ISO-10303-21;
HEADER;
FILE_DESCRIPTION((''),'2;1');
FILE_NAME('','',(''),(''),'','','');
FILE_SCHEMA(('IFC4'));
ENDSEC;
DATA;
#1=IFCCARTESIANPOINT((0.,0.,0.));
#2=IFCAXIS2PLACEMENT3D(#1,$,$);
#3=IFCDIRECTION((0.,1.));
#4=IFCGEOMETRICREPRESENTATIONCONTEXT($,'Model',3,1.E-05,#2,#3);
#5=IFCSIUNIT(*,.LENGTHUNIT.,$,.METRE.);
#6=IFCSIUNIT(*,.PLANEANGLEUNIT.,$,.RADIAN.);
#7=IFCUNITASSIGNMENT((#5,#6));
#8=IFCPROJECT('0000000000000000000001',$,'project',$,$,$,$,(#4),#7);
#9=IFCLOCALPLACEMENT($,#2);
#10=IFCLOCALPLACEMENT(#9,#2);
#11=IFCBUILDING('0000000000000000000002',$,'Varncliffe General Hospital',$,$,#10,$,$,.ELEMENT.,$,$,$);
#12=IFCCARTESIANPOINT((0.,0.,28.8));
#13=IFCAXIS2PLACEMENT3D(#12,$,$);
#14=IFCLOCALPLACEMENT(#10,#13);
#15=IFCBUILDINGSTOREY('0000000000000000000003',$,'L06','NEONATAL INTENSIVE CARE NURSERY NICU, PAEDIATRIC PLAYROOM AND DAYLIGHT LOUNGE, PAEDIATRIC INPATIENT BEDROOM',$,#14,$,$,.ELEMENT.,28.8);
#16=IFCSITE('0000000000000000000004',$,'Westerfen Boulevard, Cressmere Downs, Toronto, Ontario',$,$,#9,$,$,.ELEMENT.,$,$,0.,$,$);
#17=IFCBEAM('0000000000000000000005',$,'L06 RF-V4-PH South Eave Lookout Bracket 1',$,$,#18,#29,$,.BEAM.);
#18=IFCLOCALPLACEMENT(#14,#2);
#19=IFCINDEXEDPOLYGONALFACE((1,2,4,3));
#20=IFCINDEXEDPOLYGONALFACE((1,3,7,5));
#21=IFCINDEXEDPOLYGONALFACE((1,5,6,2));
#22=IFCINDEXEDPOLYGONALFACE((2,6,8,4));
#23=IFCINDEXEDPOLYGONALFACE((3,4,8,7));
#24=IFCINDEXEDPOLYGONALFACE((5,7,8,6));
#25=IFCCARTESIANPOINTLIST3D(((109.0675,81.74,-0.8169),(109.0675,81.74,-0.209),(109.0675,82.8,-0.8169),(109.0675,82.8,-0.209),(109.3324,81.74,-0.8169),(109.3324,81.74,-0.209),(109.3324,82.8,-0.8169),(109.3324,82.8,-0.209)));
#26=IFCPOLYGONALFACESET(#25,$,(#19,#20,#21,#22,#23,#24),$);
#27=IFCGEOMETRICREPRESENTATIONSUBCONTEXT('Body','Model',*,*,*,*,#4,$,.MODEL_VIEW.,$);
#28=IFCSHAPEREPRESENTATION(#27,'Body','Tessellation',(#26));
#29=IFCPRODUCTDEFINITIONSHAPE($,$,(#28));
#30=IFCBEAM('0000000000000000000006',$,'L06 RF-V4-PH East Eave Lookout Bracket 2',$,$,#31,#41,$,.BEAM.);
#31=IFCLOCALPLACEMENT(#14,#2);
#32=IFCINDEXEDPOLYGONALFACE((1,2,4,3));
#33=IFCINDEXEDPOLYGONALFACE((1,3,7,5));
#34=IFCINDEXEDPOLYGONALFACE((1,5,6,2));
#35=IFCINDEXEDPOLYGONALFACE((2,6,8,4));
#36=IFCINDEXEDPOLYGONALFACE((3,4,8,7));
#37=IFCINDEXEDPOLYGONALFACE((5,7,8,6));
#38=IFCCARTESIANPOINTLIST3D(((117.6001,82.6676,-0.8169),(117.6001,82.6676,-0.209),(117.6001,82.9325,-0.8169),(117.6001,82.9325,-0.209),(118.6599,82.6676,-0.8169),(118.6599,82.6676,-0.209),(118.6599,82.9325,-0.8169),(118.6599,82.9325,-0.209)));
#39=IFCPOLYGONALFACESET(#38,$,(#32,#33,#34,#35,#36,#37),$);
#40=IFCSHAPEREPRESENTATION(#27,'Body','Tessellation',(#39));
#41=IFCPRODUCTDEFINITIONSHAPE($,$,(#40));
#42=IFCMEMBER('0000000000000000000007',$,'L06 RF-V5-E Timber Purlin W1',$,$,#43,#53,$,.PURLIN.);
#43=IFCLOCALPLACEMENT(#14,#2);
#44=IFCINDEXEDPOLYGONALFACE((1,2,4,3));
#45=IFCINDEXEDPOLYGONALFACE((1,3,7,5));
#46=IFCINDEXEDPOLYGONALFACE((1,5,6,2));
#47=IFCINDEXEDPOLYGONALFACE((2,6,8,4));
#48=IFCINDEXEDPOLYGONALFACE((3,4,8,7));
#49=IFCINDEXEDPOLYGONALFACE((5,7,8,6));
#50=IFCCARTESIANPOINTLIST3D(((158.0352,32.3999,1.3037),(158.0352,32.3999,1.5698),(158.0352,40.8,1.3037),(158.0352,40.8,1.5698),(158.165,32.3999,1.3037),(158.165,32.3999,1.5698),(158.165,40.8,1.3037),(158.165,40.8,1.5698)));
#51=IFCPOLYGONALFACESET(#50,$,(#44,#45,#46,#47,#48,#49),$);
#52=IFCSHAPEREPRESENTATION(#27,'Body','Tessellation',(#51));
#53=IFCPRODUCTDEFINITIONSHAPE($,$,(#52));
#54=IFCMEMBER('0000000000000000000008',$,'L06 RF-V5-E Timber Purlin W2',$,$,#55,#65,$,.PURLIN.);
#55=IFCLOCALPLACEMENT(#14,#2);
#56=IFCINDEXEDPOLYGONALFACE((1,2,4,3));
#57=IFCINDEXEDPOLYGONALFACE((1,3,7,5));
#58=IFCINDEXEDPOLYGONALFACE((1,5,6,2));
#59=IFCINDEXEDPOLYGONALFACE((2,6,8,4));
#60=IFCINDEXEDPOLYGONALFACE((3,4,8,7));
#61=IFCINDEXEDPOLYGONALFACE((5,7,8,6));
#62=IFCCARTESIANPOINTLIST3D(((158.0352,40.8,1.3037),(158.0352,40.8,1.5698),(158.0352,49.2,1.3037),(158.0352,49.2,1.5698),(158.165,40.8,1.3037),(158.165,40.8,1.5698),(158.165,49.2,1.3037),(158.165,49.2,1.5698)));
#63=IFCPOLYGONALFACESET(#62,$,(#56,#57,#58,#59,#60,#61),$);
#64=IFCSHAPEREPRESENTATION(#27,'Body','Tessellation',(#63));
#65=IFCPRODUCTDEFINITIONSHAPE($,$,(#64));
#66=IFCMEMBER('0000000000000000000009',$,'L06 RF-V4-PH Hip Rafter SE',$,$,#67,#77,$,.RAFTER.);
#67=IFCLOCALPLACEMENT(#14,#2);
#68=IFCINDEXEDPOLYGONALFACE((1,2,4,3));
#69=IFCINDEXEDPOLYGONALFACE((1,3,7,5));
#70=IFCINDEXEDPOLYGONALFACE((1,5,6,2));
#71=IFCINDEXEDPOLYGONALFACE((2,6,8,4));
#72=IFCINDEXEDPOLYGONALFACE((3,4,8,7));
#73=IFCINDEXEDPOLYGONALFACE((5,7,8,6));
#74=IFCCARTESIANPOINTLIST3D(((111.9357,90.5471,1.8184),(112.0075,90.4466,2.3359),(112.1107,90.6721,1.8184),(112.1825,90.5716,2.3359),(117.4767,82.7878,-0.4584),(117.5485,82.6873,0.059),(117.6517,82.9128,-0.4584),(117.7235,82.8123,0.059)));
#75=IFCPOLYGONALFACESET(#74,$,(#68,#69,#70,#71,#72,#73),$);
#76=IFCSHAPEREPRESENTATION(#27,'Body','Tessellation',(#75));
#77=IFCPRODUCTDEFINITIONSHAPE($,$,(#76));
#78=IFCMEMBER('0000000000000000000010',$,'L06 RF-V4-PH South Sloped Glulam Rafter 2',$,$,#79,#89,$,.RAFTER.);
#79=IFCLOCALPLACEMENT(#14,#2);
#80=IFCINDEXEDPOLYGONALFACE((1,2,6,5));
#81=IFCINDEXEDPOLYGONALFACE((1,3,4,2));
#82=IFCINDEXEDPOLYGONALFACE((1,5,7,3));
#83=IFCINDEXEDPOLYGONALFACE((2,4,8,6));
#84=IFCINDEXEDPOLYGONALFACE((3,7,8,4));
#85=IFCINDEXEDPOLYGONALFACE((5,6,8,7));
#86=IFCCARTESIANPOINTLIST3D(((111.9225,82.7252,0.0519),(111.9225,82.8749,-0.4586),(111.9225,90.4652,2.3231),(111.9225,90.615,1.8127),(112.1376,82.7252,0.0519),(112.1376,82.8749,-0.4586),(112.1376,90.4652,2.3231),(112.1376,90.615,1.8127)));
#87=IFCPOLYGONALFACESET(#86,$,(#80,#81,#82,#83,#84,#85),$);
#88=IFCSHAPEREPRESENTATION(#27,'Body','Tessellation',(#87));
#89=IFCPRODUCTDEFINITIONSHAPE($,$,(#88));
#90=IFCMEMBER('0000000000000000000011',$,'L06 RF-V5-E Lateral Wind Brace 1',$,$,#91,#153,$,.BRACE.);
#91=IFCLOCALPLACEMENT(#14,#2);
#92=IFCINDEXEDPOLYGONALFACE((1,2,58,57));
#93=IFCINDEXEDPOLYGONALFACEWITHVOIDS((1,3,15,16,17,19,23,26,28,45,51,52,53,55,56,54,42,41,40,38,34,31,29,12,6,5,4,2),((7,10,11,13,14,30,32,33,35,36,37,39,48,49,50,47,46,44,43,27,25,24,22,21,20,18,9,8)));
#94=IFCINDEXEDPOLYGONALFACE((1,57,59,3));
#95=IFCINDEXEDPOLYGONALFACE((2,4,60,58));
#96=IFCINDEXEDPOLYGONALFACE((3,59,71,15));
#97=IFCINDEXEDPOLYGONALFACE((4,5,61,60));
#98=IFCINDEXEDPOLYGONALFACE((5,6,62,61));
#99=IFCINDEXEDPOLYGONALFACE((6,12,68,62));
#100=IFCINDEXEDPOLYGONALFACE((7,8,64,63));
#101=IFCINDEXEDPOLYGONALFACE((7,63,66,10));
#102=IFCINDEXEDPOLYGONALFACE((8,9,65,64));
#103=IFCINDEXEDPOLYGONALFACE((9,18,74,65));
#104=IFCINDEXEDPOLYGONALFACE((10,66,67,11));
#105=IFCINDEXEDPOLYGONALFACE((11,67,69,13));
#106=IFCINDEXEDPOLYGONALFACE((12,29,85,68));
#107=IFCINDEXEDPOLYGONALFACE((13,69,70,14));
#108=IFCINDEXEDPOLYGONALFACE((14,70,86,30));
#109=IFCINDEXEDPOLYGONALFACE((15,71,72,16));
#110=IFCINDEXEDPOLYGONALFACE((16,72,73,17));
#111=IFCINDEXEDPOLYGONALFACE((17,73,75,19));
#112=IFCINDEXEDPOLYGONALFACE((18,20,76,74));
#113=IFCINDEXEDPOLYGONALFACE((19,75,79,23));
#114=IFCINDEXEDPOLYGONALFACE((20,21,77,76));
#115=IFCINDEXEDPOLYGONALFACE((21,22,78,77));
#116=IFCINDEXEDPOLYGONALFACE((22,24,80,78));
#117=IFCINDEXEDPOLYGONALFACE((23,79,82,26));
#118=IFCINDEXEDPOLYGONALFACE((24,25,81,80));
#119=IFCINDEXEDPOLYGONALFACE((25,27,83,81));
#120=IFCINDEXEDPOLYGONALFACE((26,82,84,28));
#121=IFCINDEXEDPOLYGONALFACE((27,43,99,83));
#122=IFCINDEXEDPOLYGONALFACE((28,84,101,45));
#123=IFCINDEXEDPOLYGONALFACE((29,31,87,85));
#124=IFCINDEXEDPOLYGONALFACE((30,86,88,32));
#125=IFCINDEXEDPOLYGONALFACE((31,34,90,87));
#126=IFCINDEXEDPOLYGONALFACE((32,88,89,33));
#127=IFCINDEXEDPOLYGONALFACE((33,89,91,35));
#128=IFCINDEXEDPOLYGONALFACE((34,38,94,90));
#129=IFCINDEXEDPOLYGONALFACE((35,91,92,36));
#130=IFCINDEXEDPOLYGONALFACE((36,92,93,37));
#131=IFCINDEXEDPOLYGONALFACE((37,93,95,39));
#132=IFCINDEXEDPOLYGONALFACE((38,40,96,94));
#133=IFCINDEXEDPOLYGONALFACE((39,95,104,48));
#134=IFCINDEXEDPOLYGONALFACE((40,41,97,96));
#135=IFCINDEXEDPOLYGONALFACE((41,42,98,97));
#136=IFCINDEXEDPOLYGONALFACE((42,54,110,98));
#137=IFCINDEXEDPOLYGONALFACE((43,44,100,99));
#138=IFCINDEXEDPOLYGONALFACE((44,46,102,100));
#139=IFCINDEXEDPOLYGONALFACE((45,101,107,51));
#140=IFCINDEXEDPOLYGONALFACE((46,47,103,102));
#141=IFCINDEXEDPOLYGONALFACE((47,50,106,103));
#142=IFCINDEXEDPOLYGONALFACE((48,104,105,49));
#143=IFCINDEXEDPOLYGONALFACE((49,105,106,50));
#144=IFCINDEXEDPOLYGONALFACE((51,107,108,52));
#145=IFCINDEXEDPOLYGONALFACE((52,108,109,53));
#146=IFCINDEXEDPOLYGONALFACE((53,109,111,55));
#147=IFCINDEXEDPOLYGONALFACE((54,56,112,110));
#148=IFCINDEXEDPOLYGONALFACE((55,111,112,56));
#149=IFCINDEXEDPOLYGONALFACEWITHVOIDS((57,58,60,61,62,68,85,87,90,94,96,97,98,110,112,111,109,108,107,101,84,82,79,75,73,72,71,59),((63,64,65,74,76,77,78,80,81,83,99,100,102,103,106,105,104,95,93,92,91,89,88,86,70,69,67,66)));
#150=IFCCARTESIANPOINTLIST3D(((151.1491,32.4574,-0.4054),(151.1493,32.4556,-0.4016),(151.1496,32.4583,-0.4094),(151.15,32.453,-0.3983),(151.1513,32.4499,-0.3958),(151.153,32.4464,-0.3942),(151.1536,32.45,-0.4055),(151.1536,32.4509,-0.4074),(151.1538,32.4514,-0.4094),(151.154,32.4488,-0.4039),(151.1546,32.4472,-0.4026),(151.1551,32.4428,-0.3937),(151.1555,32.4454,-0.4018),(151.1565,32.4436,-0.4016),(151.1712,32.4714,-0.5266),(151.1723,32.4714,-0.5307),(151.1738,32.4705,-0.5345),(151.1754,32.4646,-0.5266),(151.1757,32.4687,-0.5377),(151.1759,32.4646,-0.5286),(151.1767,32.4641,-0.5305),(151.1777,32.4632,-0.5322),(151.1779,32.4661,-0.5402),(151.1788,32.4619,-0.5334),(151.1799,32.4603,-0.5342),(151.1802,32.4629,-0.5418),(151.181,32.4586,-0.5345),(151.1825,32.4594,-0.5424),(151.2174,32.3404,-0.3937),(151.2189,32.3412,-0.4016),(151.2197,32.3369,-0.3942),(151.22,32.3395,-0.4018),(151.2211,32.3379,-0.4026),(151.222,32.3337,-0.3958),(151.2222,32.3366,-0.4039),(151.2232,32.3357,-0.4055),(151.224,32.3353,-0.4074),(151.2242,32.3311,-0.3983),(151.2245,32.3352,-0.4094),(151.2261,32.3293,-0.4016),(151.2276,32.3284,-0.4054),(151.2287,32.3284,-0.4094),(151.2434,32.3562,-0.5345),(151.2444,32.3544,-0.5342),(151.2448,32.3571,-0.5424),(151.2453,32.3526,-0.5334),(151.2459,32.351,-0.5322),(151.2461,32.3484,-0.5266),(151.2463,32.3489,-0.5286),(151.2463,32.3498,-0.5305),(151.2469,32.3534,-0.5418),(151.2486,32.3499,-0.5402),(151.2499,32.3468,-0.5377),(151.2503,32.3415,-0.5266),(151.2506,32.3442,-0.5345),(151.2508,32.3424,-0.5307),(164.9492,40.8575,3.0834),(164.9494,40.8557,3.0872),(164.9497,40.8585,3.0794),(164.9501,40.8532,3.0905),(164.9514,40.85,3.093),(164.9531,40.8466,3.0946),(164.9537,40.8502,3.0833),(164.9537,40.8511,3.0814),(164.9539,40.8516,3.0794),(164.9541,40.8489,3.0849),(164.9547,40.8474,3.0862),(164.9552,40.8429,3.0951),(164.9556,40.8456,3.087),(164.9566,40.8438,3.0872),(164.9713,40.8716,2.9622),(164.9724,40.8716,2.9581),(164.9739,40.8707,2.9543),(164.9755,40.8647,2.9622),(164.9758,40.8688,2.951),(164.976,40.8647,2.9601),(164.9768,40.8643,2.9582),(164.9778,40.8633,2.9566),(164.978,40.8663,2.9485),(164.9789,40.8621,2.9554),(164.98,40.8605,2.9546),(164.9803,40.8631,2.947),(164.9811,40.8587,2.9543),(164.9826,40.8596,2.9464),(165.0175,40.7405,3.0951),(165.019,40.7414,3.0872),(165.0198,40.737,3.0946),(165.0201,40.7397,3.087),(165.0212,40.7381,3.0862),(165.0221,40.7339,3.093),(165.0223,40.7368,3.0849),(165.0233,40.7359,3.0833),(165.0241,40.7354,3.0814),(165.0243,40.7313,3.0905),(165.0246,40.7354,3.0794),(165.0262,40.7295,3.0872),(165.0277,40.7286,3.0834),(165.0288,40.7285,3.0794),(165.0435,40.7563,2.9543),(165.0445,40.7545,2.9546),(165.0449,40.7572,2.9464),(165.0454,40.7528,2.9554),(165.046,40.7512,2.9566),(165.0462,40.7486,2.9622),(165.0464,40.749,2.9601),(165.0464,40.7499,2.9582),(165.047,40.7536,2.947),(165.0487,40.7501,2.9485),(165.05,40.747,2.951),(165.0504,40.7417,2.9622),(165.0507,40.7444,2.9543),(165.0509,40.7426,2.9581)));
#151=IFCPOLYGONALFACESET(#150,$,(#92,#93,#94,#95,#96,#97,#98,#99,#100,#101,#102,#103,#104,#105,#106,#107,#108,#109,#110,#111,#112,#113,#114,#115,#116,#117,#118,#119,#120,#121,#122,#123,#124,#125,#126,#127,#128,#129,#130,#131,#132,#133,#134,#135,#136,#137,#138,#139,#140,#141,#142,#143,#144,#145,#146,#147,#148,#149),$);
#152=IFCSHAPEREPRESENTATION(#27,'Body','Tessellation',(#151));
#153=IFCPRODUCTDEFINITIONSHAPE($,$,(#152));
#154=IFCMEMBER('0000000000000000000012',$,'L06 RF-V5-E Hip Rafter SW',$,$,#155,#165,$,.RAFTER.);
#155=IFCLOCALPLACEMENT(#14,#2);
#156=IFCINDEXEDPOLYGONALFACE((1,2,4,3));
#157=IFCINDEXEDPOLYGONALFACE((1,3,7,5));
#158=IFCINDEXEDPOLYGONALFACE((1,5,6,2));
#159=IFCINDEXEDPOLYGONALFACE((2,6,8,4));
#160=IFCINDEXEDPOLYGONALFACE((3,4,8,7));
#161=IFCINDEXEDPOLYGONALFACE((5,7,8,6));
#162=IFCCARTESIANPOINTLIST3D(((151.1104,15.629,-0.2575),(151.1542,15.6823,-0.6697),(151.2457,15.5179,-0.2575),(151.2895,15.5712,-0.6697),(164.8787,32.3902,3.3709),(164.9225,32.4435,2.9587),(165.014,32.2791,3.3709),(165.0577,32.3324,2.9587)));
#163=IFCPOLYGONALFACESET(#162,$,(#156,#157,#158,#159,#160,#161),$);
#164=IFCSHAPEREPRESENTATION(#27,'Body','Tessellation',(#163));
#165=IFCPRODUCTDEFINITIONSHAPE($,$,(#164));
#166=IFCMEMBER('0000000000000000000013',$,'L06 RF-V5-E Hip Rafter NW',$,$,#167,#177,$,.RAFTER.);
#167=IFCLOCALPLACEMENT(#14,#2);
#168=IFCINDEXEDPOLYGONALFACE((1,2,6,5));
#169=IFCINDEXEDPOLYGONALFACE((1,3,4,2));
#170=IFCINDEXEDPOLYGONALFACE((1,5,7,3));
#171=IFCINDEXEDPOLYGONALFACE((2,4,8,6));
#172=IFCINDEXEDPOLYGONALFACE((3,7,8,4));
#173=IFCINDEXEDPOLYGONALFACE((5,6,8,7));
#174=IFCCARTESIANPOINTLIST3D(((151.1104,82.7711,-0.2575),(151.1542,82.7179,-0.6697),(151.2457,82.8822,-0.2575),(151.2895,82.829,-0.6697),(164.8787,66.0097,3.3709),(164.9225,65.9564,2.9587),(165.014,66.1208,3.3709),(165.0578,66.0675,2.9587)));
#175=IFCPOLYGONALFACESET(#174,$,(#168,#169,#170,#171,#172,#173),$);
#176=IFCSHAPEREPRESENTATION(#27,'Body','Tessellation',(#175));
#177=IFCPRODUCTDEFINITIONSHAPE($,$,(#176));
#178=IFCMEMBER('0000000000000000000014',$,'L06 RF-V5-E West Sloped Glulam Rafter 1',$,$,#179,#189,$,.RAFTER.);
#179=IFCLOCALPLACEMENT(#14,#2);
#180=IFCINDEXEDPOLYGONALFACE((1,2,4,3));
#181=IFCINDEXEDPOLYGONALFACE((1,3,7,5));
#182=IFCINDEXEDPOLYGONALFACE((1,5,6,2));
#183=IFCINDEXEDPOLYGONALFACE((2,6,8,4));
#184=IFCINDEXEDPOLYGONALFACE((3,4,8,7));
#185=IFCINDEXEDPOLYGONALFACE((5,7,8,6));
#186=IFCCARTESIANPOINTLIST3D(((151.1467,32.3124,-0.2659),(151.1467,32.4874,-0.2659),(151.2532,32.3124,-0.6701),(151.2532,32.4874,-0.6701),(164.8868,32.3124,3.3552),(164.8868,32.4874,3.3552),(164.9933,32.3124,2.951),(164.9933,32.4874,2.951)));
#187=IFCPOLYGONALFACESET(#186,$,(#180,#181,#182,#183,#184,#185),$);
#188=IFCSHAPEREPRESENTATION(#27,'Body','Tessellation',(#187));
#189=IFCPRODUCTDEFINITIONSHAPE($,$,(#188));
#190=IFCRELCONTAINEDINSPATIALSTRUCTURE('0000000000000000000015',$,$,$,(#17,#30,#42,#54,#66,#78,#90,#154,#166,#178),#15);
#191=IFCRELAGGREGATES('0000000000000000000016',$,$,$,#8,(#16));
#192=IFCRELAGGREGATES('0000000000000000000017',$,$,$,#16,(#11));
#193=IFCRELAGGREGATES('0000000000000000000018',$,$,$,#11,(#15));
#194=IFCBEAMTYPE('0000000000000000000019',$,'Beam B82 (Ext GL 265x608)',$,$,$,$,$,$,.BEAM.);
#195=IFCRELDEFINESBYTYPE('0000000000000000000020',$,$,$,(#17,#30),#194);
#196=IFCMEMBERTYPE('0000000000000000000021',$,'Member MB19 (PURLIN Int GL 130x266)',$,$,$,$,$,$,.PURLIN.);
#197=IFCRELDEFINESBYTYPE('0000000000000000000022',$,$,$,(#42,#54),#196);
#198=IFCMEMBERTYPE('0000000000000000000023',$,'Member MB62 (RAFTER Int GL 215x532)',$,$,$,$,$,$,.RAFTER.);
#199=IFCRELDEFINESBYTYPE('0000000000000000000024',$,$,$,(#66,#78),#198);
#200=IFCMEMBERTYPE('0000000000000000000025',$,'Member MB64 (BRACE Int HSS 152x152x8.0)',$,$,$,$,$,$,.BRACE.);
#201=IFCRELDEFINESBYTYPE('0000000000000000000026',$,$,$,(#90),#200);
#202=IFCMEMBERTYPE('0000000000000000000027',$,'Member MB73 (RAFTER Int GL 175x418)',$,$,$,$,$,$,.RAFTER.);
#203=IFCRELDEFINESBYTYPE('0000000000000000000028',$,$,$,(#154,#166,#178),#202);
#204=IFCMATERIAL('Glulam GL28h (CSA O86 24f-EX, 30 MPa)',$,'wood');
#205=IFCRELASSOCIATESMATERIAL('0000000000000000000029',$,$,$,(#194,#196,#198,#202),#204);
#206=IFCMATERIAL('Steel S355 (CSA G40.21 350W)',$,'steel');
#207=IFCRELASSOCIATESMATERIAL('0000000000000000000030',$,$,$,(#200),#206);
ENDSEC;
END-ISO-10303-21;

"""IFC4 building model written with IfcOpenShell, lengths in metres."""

from ifc_helpers import new_model, si_unit, direction, frame, origin, origin_2d, place, context, subcontext, project, spatial, rectangle, hollow_rectangle, extrude, material, material_profile, profile_set, type_object, element, save


model = new_model("IFC4")

# Units and contexts
model_context = context("Model", 3, precision=1e-05, world=origin(), true_north=direction((0.0, 1.0)))
body_context = subcontext(model_context, "Body", "Model", "MODEL_VIEW")
ifc_project = project(units=[si_unit("LENGTHUNIT", "METRE"), si_unit("PLANEANGLEUNIT", "RADIAN")], contexts=[model_context])

# Site, building, storey
site_placement = place(None, origin())
site = spatial("IfcSite", under=ifc_project, at=site_placement, Name="Westerfen Boulevard, Cressmere Downs, Toronto, Ontario", CompositionType="ELEMENT", RefElevation=0.0)
building_placement = place(site_placement, origin())
building = spatial("IfcBuilding", under=site, at=building_placement, Name="Varncliffe General Hospital", CompositionType="ELEMENT")
storey_placement = place(building_placement, frame((0.0, 0.0, 28.8)))
storey = spatial("IfcBuildingStorey", under=building, at=storey_placement, Name="L06", Description="NEONATAL INTENSIVE CARE NURSERY NICU, PAEDIATRIC PLAYROOM AND DAYLIGHT LOUNGE, PAEDIATRIC INPATIENT BEDROOM", CompositionType="ELEMENT", Elevation=28.8)

# Beams
ifc_material_1 = material(Name="Glulam GL28h (CSA O86 24f-EX, 30 MPa)", Category="wood")
ifc_material_profile_1 = material_profile(ifc_material_1, rectangle(XDim=0.2649, YDim=0.6079, at=origin_2d()), Name="GL 265x608")
ifc_profile_set_1 = profile_set([ifc_material_profile_1], Name="Glulam GL28h (CSA O86 24f-EX, 30 MPa)")
beam_type = type_object("IfcBeamType", Name="Beam B82 (Ext GL 265x608)", PredefinedType="BEAM", material=ifc_profile_set_1)
beam_1_placement = place(storey_placement, frame((109.2, 81.74, -0.5129), z_axis=(0.0, 1.0, 0.0), x_axis=(-1.0, 0.0, 0.0)))
element("IfcBeam", 1, at=beam_1_placement, inside=storey, type_object=beam_type, Name="L06 RF-V4-PH South Eave Lookout Bracket 1", PredefinedType="BEAM", context=body_context, shape_type="SweptSolid", body=[
    extrude(rectangle(XDim=0.2649, YDim=0.6079, at=origin_2d()), origin(), (0.0, 0.0, 1.0), 1.0601),
])
beam_2_placement = place(storey_placement, frame((117.6001, 82.8, -0.5129), z_axis=(1.0, 0.0, 0.0), x_axis=(0.0, 1.0, 0.0)))
element("IfcBeam", 2, at=beam_2_placement, inside=storey, type_object=beam_type, Name="L06 RF-V4-PH East Eave Lookout Bracket 2", PredefinedType="BEAM", context=body_context, shape_type="SweptSolid", body=[
    extrude(rectangle(XDim=0.2649, YDim=0.6079, at=origin_2d()), origin(), (0.0, 0.0, 1.0), 1.0598),
])

# Members
ifc_material_profile_2 = material_profile(ifc_material_1, rectangle(XDim=0.1299, YDim=0.2661, at=origin_2d()), Name="GL 130x266")
ifc_profile_set_2 = profile_set([ifc_material_profile_2], Name="Glulam GL28h (CSA O86 24f-EX, 30 MPa)")
member_type_1 = type_object("IfcMemberType", Name="Member MB19 (PURLIN Int GL 130x266)", PredefinedType="PURLIN", material=ifc_profile_set_2)
member_1_placement = place(storey_placement, frame((158.1001, 32.3999, 1.4368), z_axis=(0.0, 1.0, 0.0), x_axis=(-1.0, 0.0, 0.0)))
element("IfcMember", 3, at=member_1_placement, inside=storey, type_object=member_type_1, Name="L06 RF-V5-E Timber Purlin W1", PredefinedType="PURLIN", context=body_context, shape_type="SweptSolid", body=[
    extrude(rectangle(XDim=0.1299, YDim=0.2661, at=origin_2d()), origin(), (0.0, 0.0, 1.0), 8.4001),
])
member_2_placement = place(storey_placement, frame((158.1001, 40.8, 1.4368), z_axis=(0.0, 1.0, 0.0), x_axis=(-1.0, 0.0, 0.0)))
element("IfcMember", 4, at=member_2_placement, inside=storey, type_object=member_type_1, Name="L06 RF-V5-E Timber Purlin W2", PredefinedType="PURLIN", context=body_context, shape_type="SweptSolid", body=[
    extrude(rectangle(XDim=0.1299, YDim=0.2661, at=origin_2d()), origin(), (0.0, 0.0, 1.0), 8.3999),
])
ifc_material_profile_3 = material_profile(ifc_material_1, rectangle(XDim=0.2151, YDim=0.532, at=origin_2d()), Name="GL 215x532")
ifc_profile_set_3 = profile_set([ifc_material_profile_3], Name="Glulam GL28h (CSA O86 24f-EX, 30 MPa)")
member_type_2 = type_object("IfcMemberType", Name="Member MB62 (RAFTER Int GL 215x532)", PredefinedType="RAFTER", material=ifc_profile_set_3)
member_3_placement = place(storey_placement, frame((117.6001, 82.8, -0.1997), z_axis=(-0.565253, 0.791543, 0.232268), x_axis=(-0.813799, -0.581146, 0.0)))
element("IfcMember", 5, at=member_3_placement, inside=storey, type_object=member_type_2, Name="L06 RF-V4-PH Hip Rafter SE", PredefinedType="RAFTER", context=body_context, shape_type="SweptSolid", body=[
    extrude(rectangle(XDim=0.2151, YDim=0.532, at=origin_2d()), origin(), (0.0, 0.0, 1.0), 9.8027),
])
member_4_placement = place(storey_placement, frame((112.03, 82.8, -0.2034), z_axis=(0.0, 0.959541, 0.28157), x_axis=(-1.0, 0.0, 0.0)))
element("IfcMember", 6, at=member_4_placement, inside=storey, type_object=member_type_2, Name="L06 RF-V4-PH South Sloped Glulam Rafter 2", PredefinedType="RAFTER", context=body_context, shape_type="SweptSolid", body=[
    extrude(rectangle(XDim=0.2151, YDim=0.532, at=origin_2d()), origin(), (0.0, 0.0, 1.0), 8.0664),
])
ifc_material_2 = material(Name="Steel S355 (CSA G40.21 350W)", Category="steel")
ifc_material_profile_4 = material_profile(ifc_material_2, hollow_rectangle(XDim=0.1521, YDim=0.1521, WallThickness=0.0081, InnerFilletRadius=0.0081, OuterFilletRadius=0.0161, at=origin_2d()), Name="HSS 152x152x8.0")
ifc_profile_set_4 = profile_set([ifc_material_profile_4], Name="Steel S355 (CSA G40.21 350W)")
member_type_3 = type_object("IfcMemberType", Name="Member MB64 (BRACE Int HSS 152x152x8.0)", PredefinedType="BRACE", material=ifc_profile_set_4)
member_5_placement = place(storey_placement, frame((151.2, 32.3999, -0.468), z_axis=(0.834949, 0.508237, 0.211082), x_axis=(-0.519952, 0.854195, 0.0)))
element("IfcMember", 7, at=member_5_placement, inside=storey, type_object=member_type_3, Name="L06 RF-V5-E Lateral Wind Brace 1", PredefinedType="BRACE", context=body_context, shape_type="SweptSolid", body=[
    extrude(hollow_rectangle(XDim=0.1521, YDim=0.1521, WallThickness=0.0081, InnerFilletRadius=0.0081, OuterFilletRadius=0.0161, at=origin_2d()), origin(), (0.0, 0.0, 1.0), 16.5281),
])
ifc_material_profile_5 = material_profile(ifc_material_1, rectangle(XDim=0.175, YDim=0.418, at=origin_2d()), Name="GL 175x418")
ifc_profile_set_5 = profile_set([ifc_material_profile_5], Name="Glulam GL28h (CSA O86 24f-EX, 30 MPa)")
member_type_4 = type_object("IfcMemberType", Name="Member MB73 (RAFTER Int GL 175x418)", PredefinedType="RAFTER", material=ifc_profile_set_5)
member_6_placement = place(storey_placement, frame((151.2, 15.6001, -0.4636), z_axis=(0.626045, 0.762133, 0.164984), x_axis=(-0.772723, 0.634744, 0.0)))
element("IfcMember", 8, at=member_6_placement, inside=storey, type_object=member_type_4, Name="L06 RF-V5-E Hip Rafter SW", PredefinedType="RAFTER", context=body_context, shape_type="SweptSolid", body=[
    extrude(rectangle(XDim=0.175, YDim=0.418, at=origin_2d()), origin(), (0.0, 0.0, 1.0), 21.9924),
])
member_7_placement = place(storey_placement, frame((151.2, 82.8, -0.4636), z_axis=(0.62604, -0.762138, 0.164983), x_axis=(0.772727, 0.634738, 0.0)))
element("IfcMember", 9, at=member_7_placement, inside=storey, type_object=member_type_4, Name="L06 RF-V5-E Hip Rafter NW", PredefinedType="RAFTER", context=body_context, shape_type="SweptSolid", body=[
    extrude(rectangle(XDim=0.175, YDim=0.418, at=origin_2d()), origin(), (0.0, 0.0, 1.0), 21.9927),
])
for number, where, z_axis, x_axis, name in (
    (10, (151.2, 32.3999, -0.468), (0.966983, 0.0, 0.254843), (0.0, 1.0, 0.0), "L06 RF-V5-E West Sloped Glulam Rafter 1"),
):
    element("IfcMember", number, at=place(storey_placement, frame(where, z_axis=z_axis, x_axis=x_axis)), inside=storey, type_object=member_type_4, Name=name, PredefinedType="RAFTER", context=body_context, shape_type="SweptSolid", body=[
        extrude(rectangle(XDim=0.175, YDim=0.418, at=origin_2d()), origin(), (0.0, 0.0, 1.0), 14.2092),
    ])

save(model, "model.ifc")
